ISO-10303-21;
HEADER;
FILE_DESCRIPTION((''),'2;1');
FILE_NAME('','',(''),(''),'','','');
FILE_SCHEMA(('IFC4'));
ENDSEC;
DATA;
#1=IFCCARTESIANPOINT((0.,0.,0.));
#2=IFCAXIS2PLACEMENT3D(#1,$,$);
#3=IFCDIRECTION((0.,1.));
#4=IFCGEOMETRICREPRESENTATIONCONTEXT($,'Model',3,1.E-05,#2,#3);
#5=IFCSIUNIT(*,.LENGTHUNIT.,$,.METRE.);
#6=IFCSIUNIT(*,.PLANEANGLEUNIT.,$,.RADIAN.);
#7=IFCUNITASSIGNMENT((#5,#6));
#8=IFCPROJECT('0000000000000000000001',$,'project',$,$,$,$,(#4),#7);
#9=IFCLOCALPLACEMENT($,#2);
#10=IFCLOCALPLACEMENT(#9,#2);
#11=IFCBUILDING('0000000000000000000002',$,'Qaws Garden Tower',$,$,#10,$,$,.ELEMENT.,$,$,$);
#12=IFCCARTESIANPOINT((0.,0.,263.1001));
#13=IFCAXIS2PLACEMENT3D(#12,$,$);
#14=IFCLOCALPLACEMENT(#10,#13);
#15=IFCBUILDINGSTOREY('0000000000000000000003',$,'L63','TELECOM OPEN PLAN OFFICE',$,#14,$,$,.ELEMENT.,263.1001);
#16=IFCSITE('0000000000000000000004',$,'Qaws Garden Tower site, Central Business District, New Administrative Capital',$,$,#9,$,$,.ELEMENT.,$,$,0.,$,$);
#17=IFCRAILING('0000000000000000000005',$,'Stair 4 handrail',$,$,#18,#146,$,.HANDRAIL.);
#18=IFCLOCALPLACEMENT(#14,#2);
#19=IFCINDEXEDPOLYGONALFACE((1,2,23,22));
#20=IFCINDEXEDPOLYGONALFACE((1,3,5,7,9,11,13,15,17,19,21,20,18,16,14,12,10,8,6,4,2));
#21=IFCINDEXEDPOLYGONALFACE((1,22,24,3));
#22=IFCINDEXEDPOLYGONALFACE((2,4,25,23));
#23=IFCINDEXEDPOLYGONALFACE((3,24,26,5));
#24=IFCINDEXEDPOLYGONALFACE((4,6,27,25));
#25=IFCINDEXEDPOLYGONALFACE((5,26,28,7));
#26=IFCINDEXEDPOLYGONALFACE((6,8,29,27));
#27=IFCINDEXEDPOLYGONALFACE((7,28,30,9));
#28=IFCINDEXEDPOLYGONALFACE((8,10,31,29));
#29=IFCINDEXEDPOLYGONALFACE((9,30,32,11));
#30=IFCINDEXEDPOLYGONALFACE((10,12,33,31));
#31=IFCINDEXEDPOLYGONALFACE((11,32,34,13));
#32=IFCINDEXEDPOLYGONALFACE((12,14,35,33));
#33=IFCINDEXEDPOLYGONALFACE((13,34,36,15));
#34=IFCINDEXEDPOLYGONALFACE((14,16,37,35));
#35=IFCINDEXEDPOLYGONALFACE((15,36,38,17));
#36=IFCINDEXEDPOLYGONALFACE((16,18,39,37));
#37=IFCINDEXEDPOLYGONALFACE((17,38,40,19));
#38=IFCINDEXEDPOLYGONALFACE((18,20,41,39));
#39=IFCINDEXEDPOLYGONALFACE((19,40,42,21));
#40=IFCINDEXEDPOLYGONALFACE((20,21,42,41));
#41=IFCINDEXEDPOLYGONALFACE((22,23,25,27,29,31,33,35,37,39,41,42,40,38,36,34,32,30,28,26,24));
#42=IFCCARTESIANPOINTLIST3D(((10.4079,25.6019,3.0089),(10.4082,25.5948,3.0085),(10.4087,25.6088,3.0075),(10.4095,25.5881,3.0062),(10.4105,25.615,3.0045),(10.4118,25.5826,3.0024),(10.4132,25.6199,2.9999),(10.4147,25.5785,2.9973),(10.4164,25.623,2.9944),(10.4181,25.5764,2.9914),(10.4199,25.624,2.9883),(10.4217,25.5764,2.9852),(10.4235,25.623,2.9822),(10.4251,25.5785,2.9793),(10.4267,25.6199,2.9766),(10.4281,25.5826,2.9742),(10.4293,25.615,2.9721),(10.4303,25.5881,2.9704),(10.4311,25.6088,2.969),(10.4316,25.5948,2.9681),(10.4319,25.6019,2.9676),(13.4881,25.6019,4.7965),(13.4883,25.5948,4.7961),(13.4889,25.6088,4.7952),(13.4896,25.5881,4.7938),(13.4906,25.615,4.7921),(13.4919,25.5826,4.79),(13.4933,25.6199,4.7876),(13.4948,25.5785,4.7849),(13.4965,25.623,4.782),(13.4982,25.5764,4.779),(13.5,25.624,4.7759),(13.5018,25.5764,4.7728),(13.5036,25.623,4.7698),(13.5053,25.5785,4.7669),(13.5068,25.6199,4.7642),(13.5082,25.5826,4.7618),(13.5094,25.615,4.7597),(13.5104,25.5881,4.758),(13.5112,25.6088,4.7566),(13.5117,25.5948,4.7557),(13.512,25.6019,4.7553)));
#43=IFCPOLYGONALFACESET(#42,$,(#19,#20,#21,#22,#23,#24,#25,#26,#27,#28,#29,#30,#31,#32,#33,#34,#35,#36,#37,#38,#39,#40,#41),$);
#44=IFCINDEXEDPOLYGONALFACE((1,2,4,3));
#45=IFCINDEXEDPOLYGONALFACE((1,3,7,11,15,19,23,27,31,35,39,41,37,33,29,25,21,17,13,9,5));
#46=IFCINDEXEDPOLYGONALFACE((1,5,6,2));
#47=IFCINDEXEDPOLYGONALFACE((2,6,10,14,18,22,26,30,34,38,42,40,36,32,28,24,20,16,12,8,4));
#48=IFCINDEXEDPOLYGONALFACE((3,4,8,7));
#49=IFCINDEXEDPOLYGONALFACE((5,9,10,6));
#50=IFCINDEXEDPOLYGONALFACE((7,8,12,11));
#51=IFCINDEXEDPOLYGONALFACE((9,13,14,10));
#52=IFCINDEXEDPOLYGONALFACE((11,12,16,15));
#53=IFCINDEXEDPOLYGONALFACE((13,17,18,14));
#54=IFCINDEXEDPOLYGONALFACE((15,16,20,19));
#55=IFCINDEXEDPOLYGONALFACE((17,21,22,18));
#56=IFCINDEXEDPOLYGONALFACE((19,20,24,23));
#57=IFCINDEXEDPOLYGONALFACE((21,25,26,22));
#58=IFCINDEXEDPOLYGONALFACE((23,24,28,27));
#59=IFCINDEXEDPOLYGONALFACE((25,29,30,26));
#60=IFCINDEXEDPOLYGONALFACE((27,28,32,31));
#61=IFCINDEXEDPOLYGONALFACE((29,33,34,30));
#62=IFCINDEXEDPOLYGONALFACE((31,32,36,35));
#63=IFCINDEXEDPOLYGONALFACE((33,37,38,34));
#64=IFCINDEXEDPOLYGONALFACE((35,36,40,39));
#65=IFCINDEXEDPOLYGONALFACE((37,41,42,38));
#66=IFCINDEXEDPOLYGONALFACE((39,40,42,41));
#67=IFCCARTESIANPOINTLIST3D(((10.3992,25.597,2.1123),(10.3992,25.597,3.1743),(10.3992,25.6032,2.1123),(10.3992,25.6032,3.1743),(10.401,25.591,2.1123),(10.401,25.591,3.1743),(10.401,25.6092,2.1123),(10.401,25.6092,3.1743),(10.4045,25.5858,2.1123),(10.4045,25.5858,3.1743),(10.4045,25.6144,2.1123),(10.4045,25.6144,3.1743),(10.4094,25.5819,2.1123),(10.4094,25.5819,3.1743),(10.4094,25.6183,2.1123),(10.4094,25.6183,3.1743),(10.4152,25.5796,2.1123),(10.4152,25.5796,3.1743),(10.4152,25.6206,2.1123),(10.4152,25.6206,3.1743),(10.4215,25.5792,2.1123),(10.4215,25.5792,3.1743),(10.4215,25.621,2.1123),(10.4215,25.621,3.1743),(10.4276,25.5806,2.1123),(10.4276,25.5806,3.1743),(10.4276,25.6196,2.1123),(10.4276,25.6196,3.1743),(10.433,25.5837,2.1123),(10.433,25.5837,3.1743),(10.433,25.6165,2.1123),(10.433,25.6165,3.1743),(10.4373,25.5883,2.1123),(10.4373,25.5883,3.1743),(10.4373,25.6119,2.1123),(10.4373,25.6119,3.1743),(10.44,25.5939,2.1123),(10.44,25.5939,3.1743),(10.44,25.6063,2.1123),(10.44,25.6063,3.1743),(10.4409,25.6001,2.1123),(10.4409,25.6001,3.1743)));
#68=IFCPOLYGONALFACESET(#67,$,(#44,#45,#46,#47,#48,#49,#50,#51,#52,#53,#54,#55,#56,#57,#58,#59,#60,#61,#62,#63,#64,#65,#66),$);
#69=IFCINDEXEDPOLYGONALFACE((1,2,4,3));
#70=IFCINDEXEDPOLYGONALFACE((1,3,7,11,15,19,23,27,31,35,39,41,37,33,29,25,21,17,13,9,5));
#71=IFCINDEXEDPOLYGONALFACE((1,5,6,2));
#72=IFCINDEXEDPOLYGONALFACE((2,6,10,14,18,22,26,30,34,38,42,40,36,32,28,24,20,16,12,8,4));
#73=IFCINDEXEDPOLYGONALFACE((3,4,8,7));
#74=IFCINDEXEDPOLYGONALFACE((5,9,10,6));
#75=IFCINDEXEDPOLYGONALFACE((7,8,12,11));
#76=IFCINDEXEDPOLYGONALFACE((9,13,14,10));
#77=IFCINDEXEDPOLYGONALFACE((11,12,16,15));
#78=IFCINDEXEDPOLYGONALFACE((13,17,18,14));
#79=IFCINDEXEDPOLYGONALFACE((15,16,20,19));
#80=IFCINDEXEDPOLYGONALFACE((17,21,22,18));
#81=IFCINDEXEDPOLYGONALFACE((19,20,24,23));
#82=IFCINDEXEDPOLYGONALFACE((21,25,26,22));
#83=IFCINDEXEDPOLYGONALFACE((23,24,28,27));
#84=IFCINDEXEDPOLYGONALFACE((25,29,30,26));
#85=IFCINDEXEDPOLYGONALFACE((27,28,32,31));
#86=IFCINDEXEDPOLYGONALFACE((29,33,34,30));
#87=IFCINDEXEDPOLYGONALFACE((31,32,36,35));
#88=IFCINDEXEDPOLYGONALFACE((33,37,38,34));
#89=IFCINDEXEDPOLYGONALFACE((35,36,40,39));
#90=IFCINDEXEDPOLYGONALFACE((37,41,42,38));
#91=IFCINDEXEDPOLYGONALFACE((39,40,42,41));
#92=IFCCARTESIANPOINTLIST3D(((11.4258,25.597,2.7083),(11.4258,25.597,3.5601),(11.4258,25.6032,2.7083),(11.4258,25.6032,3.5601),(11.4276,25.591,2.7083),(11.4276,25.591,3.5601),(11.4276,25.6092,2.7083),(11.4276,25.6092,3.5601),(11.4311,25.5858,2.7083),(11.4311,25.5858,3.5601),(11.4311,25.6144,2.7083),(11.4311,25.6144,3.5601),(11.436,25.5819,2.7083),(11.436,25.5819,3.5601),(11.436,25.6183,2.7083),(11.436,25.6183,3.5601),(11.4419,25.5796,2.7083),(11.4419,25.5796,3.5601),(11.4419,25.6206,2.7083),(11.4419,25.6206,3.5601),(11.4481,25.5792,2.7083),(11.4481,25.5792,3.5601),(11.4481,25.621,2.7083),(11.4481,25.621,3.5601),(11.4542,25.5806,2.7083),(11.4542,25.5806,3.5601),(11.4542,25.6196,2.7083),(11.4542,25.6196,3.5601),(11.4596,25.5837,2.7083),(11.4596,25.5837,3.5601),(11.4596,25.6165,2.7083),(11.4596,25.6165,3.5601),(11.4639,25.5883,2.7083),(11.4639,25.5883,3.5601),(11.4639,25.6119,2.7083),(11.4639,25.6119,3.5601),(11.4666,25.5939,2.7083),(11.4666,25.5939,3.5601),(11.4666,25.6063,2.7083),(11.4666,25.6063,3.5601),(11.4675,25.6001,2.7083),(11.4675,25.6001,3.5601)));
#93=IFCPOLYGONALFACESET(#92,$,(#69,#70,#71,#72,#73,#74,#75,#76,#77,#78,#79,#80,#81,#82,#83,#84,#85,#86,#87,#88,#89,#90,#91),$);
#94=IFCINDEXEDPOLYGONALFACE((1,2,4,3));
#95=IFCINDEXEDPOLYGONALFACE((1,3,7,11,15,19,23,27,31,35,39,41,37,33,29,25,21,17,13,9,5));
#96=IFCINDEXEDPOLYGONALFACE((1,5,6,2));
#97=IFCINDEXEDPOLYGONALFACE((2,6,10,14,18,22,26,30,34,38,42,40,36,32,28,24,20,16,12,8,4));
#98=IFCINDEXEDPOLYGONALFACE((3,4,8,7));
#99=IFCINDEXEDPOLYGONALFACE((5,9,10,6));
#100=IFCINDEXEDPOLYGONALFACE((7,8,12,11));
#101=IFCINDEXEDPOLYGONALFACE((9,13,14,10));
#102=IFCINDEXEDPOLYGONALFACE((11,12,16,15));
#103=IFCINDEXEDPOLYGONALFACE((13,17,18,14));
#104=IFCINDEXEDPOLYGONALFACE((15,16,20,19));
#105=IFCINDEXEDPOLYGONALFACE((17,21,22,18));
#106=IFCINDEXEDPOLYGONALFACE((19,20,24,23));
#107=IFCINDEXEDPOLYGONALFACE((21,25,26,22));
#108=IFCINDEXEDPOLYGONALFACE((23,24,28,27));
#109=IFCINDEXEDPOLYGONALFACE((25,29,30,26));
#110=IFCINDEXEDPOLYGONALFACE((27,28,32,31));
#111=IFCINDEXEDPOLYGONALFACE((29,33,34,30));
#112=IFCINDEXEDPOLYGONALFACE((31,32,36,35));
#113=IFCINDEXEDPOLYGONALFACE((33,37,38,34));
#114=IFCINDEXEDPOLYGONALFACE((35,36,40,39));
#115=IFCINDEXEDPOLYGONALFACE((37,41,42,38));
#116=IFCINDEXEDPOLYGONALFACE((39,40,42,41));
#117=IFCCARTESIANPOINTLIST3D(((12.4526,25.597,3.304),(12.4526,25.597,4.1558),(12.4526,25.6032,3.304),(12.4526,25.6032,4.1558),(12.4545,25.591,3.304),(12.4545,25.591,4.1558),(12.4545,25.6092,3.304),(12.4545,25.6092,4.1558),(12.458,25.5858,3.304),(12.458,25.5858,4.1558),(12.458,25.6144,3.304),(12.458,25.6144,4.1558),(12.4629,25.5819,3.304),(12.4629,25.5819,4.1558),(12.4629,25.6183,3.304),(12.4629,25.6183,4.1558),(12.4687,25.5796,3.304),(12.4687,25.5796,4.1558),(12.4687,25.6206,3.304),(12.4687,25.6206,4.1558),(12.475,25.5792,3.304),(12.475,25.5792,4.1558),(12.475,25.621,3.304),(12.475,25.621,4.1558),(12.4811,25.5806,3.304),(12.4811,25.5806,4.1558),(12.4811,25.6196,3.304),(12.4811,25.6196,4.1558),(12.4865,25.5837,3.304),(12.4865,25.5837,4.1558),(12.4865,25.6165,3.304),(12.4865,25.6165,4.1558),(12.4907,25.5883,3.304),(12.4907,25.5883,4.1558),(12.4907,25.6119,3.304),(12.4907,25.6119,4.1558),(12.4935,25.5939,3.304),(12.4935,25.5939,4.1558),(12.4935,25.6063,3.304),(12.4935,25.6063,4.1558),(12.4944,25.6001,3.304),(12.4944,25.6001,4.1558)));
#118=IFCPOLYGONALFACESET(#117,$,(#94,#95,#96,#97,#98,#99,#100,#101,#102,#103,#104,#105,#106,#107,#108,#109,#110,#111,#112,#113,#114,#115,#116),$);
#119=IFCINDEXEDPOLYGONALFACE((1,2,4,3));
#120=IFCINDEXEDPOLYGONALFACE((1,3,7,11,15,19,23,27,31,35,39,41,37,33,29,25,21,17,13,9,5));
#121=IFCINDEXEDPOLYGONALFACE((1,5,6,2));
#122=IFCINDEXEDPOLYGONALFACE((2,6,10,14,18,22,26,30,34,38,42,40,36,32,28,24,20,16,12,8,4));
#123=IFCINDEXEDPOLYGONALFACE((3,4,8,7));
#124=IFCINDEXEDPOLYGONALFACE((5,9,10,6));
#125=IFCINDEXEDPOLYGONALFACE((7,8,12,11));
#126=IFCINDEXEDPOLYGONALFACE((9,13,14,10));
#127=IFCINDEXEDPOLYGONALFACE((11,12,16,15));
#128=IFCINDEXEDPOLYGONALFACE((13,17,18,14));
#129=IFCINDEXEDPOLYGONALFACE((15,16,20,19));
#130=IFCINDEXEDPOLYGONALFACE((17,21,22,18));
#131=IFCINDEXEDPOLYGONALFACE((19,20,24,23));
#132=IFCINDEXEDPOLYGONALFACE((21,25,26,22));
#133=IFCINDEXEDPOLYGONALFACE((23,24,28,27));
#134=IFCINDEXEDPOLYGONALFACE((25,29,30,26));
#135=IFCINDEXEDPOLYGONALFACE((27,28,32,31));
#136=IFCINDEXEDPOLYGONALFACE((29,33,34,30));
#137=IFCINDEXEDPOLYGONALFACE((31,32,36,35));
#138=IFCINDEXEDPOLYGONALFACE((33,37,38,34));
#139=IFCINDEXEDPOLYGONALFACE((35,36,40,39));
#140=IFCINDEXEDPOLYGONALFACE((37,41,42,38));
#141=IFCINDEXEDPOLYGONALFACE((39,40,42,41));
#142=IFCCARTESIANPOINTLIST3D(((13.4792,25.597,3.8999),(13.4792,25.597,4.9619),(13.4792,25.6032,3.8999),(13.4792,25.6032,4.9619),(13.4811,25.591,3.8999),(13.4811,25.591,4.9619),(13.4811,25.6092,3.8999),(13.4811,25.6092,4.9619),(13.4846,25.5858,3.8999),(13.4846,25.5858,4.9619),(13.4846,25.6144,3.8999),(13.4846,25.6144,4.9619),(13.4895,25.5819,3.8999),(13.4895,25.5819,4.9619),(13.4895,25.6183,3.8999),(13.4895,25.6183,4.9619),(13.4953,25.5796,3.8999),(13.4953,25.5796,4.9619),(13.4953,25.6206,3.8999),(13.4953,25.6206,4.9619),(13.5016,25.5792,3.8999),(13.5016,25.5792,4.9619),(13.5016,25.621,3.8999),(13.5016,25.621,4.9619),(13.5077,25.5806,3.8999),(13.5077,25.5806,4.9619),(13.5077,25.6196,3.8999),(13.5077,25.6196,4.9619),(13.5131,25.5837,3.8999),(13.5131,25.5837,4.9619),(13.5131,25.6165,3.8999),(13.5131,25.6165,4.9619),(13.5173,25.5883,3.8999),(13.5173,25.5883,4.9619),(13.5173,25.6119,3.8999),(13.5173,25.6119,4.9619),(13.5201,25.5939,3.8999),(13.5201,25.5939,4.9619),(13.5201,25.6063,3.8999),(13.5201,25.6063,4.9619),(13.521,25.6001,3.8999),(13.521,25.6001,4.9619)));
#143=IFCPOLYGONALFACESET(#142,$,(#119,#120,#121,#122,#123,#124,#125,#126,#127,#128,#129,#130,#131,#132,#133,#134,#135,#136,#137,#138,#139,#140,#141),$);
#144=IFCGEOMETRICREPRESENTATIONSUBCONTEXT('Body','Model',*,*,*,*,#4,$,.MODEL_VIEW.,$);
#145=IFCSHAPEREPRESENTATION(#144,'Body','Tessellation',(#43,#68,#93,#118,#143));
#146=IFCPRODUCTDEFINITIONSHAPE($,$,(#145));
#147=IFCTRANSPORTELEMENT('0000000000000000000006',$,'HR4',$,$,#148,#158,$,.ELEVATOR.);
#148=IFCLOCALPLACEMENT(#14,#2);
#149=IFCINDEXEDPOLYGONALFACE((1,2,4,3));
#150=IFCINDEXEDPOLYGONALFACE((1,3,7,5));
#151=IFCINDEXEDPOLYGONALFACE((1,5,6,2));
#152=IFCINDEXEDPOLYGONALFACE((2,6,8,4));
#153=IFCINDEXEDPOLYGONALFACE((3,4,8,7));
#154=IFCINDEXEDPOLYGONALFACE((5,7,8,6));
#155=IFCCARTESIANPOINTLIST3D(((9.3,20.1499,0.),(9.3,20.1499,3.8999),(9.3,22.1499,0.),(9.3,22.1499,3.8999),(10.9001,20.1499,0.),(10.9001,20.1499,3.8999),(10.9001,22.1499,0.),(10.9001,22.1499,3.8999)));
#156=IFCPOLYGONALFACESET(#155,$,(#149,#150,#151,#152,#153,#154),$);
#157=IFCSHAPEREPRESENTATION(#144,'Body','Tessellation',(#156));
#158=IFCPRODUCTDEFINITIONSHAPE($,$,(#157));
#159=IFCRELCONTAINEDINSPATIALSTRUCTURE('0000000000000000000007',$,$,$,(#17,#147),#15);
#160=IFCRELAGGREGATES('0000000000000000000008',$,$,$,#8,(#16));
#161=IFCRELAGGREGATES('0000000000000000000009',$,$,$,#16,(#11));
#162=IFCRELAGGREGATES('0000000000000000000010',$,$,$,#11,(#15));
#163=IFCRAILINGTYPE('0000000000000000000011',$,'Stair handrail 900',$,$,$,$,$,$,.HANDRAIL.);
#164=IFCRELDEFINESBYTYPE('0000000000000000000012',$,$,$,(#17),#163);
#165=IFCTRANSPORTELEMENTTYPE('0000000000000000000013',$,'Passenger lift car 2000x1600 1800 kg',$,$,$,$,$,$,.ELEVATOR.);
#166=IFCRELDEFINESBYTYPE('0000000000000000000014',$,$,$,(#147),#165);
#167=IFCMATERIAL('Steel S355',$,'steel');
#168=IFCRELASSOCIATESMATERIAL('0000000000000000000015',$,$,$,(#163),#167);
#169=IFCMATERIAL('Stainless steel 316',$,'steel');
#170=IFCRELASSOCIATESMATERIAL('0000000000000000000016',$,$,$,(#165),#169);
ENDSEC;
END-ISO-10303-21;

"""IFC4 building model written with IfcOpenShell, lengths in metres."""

from ifc_helpers import new_model, si_unit, direction, frame, origin, origin_2d, place, context, subcontext, project, spatial, rectangle, circle, extrude, material, type_object, element, save


model = new_model("IFC4")

# Units and contexts
model_context = context("Model", 3, precision=1e-05, world=origin(), true_north=direction((0.0, 1.0)))
body_context = subcontext(model_context, "Body", "Model", "MODEL_VIEW")
ifc_project = project(units=[si_unit("LENGTHUNIT", "METRE"), si_unit("PLANEANGLEUNIT", "RADIAN")], contexts=[model_context])

# Site, building, storey
site_placement = place(None, origin())
site = spatial("IfcSite", under=ifc_project, at=site_placement, Name="Qaws Garden Tower site, Central Business District, New Administrative Capital", CompositionType="ELEMENT", RefElevation=0.0)
building_placement = place(site_placement, origin())
building = spatial("IfcBuilding", under=site, at=building_placement, Name="Qaws Garden Tower", CompositionType="ELEMENT")
storey_placement = place(building_placement, frame((0.0, 0.0, 263.1001)))
storey = spatial("IfcBuildingStorey", under=building, at=storey_placement, Name="L63", Description="TELECOM OPEN PLAN OFFICE", CompositionType="ELEMENT", Elevation=263.1001)

# Railing
ifc_material_1 = material(Name="Steel S355", Category="steel")
railing_type = type_object("IfcRailingType", Name="Stair handrail 900", PredefinedType="HANDRAIL", material=ifc_material_1)
railing_1_placement = place(storey_placement, frame((10.4199, 25.6001, 2.1123)))
element("IfcRailing", 1, at=railing_1_placement, inside=storey, type_object=railing_type, Name="Stair 4 handrail", PredefinedType="HANDRAIL", context=body_context, shape_type="SweptSolid", body=[
    extrude(circle(Radius=0.0239, at=origin_2d()), frame((0.0, 0.0, 0.876), z_axis=(0.864891, 0.0, 0.50196), x_axis=(0.0, 1.0, 0.0)), (0.0, 0.0, 1.0), 3.5613),
    extrude(circle(Radius=0.021, at=origin_2d()), origin(), (0.0, 0.0, 1.0), 1.062),
    extrude(circle(Radius=0.021, at=origin_2d()), frame((1.0266, 0.0, 0.5959)), (0.0, 0.0, 1.0), 0.8518),
    extrude(circle(Radius=0.021, at=origin_2d()), frame((2.0535, 0.0, 1.1917)), (0.0, 0.0, 1.0), 0.8518),
    extrude(circle(Radius=0.021, at=origin_2d()), frame((3.0801, 0.0, 1.7876)), (0.0, 0.0, 1.0), 1.062),
])

# Transport element
ifc_material_2 = material(Name="Stainless steel 316", Category="steel")
transport_element_type = type_object("IfcTransportElementType", Name="Passenger lift car 2000x1600 1800 kg", PredefinedType="ELEVATOR", material=ifc_material_2)
transport_element_placement = place(storey_placement, frame((10.1001, 21.1499, 0.0), z_axis=(0.0, 0.0, 1.0), x_axis=(1.0, 0.0, 0.0)))
element("IfcTransportElement", 2, at=transport_element_placement, inside=storey, type_object=transport_element_type, Name="HR4", PredefinedType="ELEVATOR", context=body_context, shape_type="SweptSolid", body=[
    extrude(rectangle(XDim=1.6001, YDim=2.0, at=origin_2d()), origin(), (0.0, 0.0, 1.0), 3.8999),
])

save(model, "model.ifc")
